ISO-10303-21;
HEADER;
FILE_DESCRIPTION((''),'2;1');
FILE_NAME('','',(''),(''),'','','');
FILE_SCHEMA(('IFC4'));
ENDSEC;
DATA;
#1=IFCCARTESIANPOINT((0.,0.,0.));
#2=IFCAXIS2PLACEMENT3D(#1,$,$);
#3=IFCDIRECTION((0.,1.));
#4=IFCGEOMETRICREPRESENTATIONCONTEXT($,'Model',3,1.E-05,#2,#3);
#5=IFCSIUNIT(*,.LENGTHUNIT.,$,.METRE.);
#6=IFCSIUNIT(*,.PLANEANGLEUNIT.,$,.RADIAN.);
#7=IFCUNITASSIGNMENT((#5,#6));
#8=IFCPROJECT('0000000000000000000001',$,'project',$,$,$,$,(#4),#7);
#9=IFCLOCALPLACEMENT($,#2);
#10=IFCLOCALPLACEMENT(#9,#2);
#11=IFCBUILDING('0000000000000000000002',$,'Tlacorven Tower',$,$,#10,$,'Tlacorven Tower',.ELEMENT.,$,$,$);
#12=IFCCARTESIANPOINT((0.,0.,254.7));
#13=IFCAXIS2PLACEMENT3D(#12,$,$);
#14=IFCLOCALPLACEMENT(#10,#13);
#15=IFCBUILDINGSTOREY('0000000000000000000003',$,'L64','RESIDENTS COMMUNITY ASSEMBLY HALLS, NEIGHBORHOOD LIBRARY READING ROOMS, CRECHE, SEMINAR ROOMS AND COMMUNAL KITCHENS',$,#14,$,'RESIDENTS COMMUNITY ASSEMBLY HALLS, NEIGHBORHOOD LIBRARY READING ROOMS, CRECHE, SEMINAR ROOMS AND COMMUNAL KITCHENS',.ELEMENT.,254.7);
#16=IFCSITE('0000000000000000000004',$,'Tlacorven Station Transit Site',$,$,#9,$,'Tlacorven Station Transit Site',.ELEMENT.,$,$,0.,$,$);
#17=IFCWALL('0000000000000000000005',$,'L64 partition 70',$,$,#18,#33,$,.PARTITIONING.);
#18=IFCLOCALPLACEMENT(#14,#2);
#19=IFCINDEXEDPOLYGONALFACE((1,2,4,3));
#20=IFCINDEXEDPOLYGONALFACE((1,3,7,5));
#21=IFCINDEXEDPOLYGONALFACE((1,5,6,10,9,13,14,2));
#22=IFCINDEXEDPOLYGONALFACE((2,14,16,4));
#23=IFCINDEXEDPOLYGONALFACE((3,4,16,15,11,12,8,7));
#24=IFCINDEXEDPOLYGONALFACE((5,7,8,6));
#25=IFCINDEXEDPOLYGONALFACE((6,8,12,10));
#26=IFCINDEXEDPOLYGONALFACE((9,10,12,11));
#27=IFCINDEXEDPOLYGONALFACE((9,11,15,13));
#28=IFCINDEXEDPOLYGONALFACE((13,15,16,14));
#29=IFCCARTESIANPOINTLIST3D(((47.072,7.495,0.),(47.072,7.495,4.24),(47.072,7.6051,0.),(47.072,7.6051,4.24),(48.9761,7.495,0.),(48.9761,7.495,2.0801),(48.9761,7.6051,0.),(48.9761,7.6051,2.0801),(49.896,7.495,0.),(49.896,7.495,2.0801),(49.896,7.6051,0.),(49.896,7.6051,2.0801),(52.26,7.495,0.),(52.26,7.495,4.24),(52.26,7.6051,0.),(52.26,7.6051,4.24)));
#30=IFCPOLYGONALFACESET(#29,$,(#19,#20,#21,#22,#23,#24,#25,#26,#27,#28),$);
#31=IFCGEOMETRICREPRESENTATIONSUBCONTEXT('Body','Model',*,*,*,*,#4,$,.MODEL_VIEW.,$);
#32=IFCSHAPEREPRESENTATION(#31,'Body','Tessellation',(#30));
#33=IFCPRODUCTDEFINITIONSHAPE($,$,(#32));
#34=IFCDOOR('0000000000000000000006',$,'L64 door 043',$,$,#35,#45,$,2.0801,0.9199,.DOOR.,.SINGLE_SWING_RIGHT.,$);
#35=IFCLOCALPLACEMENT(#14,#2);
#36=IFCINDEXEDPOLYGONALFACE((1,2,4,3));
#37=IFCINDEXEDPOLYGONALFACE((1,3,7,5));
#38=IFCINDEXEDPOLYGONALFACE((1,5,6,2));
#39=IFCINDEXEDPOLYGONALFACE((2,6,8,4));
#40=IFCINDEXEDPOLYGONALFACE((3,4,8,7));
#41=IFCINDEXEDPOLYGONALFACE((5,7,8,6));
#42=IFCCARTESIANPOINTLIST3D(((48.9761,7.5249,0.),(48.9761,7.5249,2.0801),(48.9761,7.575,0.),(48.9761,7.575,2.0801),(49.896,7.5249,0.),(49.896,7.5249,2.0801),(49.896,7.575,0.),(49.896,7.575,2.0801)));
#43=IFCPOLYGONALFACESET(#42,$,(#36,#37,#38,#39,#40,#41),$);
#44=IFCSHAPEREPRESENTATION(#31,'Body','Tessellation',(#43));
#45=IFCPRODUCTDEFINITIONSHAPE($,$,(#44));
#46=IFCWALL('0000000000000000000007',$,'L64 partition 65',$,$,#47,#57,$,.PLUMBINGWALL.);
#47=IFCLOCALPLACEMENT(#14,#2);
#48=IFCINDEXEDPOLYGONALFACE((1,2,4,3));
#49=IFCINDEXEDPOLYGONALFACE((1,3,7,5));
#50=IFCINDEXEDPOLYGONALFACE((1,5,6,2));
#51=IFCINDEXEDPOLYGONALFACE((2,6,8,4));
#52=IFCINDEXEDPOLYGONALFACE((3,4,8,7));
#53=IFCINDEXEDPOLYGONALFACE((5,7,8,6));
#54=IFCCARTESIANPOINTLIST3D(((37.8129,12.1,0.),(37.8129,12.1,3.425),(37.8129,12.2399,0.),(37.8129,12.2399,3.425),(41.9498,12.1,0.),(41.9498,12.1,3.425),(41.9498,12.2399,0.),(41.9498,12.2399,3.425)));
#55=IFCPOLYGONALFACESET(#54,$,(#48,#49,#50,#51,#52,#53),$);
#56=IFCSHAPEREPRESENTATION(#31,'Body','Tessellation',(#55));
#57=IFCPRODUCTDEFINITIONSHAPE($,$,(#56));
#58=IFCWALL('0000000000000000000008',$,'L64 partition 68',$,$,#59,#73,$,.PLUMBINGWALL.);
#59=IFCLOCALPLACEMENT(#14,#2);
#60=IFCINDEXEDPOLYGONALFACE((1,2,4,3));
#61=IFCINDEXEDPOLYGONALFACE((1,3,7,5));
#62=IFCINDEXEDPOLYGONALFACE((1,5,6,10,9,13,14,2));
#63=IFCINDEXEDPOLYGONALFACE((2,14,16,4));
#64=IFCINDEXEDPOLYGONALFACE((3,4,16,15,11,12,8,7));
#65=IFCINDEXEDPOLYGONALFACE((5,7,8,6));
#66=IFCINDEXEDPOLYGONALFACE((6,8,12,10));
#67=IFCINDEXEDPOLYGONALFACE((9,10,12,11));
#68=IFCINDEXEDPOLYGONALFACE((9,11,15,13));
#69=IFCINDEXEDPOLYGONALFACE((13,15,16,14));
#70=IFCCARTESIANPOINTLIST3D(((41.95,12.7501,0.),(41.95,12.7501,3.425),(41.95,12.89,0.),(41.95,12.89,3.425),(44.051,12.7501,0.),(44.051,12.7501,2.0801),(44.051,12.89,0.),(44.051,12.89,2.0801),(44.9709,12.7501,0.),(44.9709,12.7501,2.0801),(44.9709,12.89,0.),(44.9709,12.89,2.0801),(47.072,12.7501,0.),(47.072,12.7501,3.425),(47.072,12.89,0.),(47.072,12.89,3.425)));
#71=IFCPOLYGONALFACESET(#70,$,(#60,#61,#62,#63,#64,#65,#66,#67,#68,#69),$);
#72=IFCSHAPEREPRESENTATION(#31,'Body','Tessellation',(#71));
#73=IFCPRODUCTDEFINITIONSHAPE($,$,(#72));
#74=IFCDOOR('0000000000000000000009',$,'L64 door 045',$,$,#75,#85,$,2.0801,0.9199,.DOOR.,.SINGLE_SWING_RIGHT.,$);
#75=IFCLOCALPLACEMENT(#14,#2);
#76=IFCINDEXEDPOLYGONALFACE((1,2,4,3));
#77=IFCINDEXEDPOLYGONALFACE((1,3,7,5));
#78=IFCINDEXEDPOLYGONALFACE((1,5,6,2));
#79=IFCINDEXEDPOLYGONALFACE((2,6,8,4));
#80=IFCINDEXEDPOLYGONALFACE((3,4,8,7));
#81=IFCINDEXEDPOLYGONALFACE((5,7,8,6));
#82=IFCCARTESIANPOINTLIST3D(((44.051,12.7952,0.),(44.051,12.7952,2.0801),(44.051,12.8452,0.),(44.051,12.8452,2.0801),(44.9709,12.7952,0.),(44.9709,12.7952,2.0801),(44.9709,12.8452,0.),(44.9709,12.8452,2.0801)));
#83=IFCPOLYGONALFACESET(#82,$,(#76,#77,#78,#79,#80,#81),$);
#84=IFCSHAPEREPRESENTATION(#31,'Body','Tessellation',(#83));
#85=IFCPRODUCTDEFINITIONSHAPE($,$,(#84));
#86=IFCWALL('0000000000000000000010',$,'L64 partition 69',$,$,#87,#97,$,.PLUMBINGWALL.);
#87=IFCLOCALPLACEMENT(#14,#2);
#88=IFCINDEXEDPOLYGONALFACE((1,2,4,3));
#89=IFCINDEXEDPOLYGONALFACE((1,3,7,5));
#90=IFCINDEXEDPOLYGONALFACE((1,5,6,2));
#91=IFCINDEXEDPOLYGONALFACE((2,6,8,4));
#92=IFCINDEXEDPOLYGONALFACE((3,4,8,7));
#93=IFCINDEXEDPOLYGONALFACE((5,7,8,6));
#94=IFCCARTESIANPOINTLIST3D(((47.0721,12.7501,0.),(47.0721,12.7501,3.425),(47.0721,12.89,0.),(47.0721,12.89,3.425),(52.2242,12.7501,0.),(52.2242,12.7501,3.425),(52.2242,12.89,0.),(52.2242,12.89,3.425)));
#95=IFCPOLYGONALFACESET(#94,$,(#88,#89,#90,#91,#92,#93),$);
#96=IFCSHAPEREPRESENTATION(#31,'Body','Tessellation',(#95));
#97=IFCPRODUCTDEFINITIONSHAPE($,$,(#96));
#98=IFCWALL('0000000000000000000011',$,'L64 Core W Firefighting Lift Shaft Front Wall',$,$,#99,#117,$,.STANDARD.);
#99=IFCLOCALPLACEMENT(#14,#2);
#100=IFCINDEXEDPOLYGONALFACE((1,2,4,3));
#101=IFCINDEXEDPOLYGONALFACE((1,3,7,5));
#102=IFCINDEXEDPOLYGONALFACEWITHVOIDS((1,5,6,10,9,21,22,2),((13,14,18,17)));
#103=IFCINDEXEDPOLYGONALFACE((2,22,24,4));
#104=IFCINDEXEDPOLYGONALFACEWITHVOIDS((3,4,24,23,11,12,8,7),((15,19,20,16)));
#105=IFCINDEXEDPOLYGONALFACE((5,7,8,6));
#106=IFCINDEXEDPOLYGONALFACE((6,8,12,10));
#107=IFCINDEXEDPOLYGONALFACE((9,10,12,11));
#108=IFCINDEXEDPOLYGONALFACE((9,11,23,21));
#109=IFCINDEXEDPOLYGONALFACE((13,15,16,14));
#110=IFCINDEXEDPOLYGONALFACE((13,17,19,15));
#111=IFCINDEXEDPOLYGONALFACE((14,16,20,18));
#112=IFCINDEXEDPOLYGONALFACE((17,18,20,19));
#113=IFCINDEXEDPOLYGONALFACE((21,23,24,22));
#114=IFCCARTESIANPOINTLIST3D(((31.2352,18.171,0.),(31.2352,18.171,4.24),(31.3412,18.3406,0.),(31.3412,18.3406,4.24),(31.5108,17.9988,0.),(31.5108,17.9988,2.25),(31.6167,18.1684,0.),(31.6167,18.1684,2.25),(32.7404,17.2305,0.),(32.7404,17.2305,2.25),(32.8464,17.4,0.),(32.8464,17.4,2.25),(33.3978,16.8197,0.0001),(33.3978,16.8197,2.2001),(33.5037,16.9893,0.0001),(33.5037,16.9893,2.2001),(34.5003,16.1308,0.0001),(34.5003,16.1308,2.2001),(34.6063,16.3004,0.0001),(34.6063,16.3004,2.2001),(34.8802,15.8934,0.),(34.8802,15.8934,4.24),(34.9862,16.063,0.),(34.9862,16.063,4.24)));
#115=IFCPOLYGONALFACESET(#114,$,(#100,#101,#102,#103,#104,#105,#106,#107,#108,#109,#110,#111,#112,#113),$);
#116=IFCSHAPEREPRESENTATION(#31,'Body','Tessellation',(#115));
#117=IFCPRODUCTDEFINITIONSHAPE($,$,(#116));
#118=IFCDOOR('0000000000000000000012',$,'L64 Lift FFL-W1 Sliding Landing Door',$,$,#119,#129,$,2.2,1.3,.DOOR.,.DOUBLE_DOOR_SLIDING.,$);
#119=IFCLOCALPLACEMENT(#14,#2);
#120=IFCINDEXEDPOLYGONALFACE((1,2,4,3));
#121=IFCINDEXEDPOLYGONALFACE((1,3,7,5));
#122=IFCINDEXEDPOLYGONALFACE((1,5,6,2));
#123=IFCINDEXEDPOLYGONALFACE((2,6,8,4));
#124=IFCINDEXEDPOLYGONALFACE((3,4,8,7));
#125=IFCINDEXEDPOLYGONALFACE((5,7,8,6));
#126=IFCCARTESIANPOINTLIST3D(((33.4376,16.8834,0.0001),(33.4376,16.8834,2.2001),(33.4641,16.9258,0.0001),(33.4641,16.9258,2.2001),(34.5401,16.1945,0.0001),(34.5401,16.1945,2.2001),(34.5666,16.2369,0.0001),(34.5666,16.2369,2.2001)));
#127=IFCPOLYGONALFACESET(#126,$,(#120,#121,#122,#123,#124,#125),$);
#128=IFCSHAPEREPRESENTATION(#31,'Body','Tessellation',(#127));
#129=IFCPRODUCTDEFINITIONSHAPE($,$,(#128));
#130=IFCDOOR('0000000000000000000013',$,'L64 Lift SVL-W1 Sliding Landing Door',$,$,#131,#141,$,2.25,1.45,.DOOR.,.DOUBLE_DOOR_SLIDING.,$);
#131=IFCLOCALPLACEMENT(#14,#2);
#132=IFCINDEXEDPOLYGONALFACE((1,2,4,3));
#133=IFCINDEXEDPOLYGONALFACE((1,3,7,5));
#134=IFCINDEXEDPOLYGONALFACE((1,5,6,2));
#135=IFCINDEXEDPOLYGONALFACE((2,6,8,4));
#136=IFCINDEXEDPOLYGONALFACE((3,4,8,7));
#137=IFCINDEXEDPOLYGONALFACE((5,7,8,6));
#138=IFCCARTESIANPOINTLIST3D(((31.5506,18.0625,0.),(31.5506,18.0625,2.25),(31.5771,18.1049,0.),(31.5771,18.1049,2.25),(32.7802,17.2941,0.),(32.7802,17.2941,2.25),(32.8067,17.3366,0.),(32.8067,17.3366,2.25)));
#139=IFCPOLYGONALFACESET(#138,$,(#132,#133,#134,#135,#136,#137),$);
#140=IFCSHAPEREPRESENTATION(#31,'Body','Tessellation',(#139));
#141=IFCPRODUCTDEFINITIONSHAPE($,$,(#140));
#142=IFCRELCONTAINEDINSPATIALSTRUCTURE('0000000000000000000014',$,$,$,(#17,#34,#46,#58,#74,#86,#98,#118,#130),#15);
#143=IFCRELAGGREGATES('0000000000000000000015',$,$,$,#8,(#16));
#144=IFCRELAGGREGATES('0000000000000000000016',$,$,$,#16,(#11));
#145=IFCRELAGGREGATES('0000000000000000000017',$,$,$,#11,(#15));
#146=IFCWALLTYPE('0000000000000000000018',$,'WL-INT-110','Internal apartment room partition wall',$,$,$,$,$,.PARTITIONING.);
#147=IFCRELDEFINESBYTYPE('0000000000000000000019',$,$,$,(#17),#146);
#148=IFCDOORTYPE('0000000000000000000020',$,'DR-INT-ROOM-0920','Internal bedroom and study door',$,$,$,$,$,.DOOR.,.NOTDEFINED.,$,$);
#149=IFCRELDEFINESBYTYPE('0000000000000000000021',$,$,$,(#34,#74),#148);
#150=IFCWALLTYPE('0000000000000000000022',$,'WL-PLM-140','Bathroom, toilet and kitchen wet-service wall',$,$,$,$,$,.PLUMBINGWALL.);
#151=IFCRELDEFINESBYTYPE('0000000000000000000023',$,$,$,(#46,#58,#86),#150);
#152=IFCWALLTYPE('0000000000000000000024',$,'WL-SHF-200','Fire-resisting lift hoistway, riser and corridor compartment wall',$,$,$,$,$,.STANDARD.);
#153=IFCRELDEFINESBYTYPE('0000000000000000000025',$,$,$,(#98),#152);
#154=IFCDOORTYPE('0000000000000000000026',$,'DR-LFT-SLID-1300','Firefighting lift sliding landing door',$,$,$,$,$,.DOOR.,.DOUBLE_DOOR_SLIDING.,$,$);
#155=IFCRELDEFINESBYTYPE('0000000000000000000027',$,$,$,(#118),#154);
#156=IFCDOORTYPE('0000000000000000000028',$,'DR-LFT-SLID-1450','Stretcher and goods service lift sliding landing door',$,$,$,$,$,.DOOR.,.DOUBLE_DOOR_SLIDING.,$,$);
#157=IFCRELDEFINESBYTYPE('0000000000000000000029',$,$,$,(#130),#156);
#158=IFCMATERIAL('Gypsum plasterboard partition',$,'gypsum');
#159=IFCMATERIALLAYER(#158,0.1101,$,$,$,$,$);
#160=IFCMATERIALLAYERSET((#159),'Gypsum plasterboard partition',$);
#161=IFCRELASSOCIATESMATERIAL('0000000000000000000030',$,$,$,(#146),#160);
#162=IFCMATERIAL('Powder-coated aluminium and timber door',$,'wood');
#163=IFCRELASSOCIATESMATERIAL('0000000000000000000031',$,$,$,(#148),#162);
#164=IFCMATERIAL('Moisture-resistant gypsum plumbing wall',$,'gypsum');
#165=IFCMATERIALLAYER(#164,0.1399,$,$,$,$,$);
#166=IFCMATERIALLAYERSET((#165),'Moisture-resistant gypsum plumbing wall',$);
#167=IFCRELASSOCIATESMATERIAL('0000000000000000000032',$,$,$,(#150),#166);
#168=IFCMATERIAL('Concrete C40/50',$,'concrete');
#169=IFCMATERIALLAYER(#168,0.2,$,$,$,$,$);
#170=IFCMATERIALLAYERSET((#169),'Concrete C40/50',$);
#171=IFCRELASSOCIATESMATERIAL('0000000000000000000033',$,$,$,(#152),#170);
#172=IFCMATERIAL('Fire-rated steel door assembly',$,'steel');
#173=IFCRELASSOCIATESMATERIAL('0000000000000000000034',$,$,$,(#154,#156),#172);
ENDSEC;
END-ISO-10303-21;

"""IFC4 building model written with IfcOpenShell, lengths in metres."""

from ifc_helpers import new_model, si_unit, direction, frame, frame_2d, origin, place, context, subcontext, project, spatial, rectangle, extrude, source, transform, mapped, material, layer, layer_set, type_object, element, fill, save


model = new_model("IFC4")

# Units and contexts
model_context = context("Model", 3, precision=1e-05, world=origin(), true_north=direction((0.0, 1.0)))
body_context = subcontext(model_context, "Body", "Model", "MODEL_VIEW")
ifc_project = project(units=[si_unit("LENGTHUNIT", "METRE"), si_unit("PLANEANGLEUNIT", "RADIAN")], contexts=[model_context])

# Site, building, storey
site_placement = place(None, origin())
site = spatial("IfcSite", under=ifc_project, at=site_placement, Name="Tlacorven Station Transit Site", LongName="Tlacorven Station Transit Site", CompositionType="ELEMENT", RefElevation=0.0)
building_placement = place(site_placement, origin())
building = spatial("IfcBuilding", under=site, at=building_placement, Name="Tlacorven Tower", LongName="Tlacorven Tower", CompositionType="ELEMENT")
storey_placement = place(building_placement, frame((0.0, 0.0, 254.7)))
storey = spatial("IfcBuildingStorey", under=building, at=storey_placement, Name="L64", Description="RESIDENTS COMMUNITY ASSEMBLY HALLS, NEIGHBORHOOD LIBRARY READING ROOMS, CRECHE, SEMINAR ROOMS AND COMMUNAL KITCHENS", LongName="RESIDENTS COMMUNITY ASSEMBLY HALLS, NEIGHBORHOOD LIBRARY READING ROOMS, CRECHE, SEMINAR ROOMS AND COMMUNAL KITCHENS", CompositionType="ELEMENT", Elevation=254.7)

# Shared definitions
ifc_material_1 = material(Name="Fire-rated steel door assembly", Category="steel")

# Wall, opening, door
ifc_material_2 = material(Name="Gypsum plasterboard partition", Category="gypsum")
ifc_layer_1 = layer(ifc_material_2, 0.1101)
ifc_layer_set_1 = layer_set([ifc_layer_1], Name="Gypsum plasterboard partition")
wall_type_1 = type_object("IfcWallType", Name="WL-INT-110", Description="Internal apartment room partition wall", PredefinedType="PARTITIONING", material=ifc_layer_set_1)
ifc_material_3 = material(Name="Powder-coated aluminium and timber door", Category="wood")
door_type_1 = type_object("IfcDoorType", Name="DR-INT-ROOM-0920", Description="Internal bedroom and study door", OperationType="NOTDEFINED", PredefinedType="DOOR", material=ifc_material_3)
shared_shape_1 = source(origin(), body_context, "Body", "SweptSolid", [
    extrude(rectangle(XDim=0.9199, YDim=2.0801, at=frame_2d((0.46, 1.04))), frame((0.0, 0.0249, 0.0), z_axis=(0.0, -1.0, 0.0), x_axis=(1.0, 0.0, 0.0)), (0.0, 0.0, 1.0), 0.05),
])
wall_1_placement = place(storey_placement, frame((47.072, 7.55, 0.0), z_axis=(0.0, 0.0, 1.0), x_axis=(1.0, 0.0, 0.0)))
wall_1 = element("IfcWall", 1, at=wall_1_placement, inside=storey, type_object=wall_type_1, Name="L64 partition 70", PredefinedType="PARTITIONING", context=body_context, shape_type="SweptSolid", body=[
    extrude(rectangle(XDim=5.188, YDim=0.1101, at=frame_2d((2.594, 0.0))), origin(), (0.0, 0.0, 1.0), 4.24),
])
opening_1_placement = place(wall_1_placement, frame((1.9041, 0.0, 0.0)))
opening_1 = element("IfcOpeningElement", 2, at=opening_1_placement, cuts=wall_1, PredefinedType="OPENING", context=body_context, shape_type="SweptSolid", body=[
    extrude(rectangle(XDim=0.9199, YDim=2.0801, at=frame_2d((0.46, 1.04))), frame((0.0, 0.0649, 0.0), z_axis=(0.0, -1.0, 0.0), x_axis=(1.0, 0.0, 0.0)), (0.0, 0.0, 1.0), 0.1301),
])
door_1_placement = place(opening_1_placement, origin())
door_1 = element("IfcDoor", 3, at=door_1_placement, inside=storey, type_object=door_type_1, Name="L64 door 043", OperationType="SINGLE_SWING_RIGHT", OverallHeight=2.0801, OverallWidth=0.9199, PredefinedType="DOOR", context=body_context, shape_type="MappedRepresentation", body=[
    mapped(shared_shape_1, transform((0.0, 0.0, 0.0), scale=1.0)),
])
fill(opening_1, door_1)

# Wall
ifc_material_4 = material(Name="Moisture-resistant gypsum plumbing wall", Category="gypsum")
ifc_layer_2 = layer(ifc_material_4, 0.1399)
ifc_layer_set_2 = layer_set([ifc_layer_2], Name="Moisture-resistant gypsum plumbing wall")
wall_type_2 = type_object("IfcWallType", Name="WL-PLM-140", Description="Bathroom, toilet and kitchen wet-service wall", PredefinedType="PLUMBINGWALL", material=ifc_layer_set_2)
wall_2_placement = place(storey_placement, frame((37.813, 12.1699, 0.0), z_axis=(0.0, 0.0, 1.0), x_axis=(1.0, 0.0, 0.0)))
element("IfcWall", 4, at=wall_2_placement, inside=storey, type_object=wall_type_2, Name="L64 partition 65", PredefinedType="PLUMBINGWALL", context=body_context, shape_type="SweptSolid", body=[
    extrude(rectangle(XDim=4.137, YDim=0.1399, at=frame_2d((2.0684, 0.0))), origin(), (0.0, 0.0, 1.0), 3.425),
])

# Wall, opening, door
wall_3_placement = place(storey_placement, frame((41.95, 12.8201, 0.0), z_axis=(0.0, 0.0, 1.0), x_axis=(1.0, 0.0, 0.0)))
wall_3 = element("IfcWall", 5, at=wall_3_placement, inside=storey, type_object=wall_type_2, Name="L64 partition 68", PredefinedType="PLUMBINGWALL", context=body_context, shape_type="SweptSolid", body=[
    extrude(rectangle(XDim=5.1221, YDim=0.1399, at=frame_2d((2.561, 0.0))), origin(), (0.0, 0.0, 1.0), 3.425),
])
opening_2_placement = place(wall_3_placement, frame((2.1011, 0.0, 0.0)))
opening_2 = element("IfcOpeningElement", 6, at=opening_2_placement, cuts=wall_3, PredefinedType="OPENING", context=body_context, shape_type="SweptSolid", body=[
    extrude(rectangle(XDim=0.9199, YDim=2.0801, at=frame_2d((0.46, 1.04))), frame((0.0, 0.0801, 0.0), z_axis=(0.0, -1.0, 0.0), x_axis=(1.0, 0.0, 0.0)), (0.0, 0.0, 1.0), 0.1599),
])
door_2_placement = place(opening_2_placement, frame((0.9199, 0.0, 0.0), z_axis=(0.0, 0.0, 1.0), x_axis=(-1.0, 0.0, 0.0)))
door_2 = element("IfcDoor", 7, at=door_2_placement, inside=storey, type_object=door_type_1, Name="L64 door 045", OperationType="SINGLE_SWING_RIGHT", OverallHeight=2.0801, OverallWidth=0.9199, PredefinedType="DOOR", context=body_context, shape_type="MappedRepresentation", body=[
    mapped(shared_shape_1, transform((0.0, 0.0, 0.0), scale=1.0)),
])
fill(opening_2, door_2)

# Wall
wall_4_placement = place(storey_placement, frame((47.072, 12.8201, 0.0), z_axis=(0.0, 0.0, 1.0), x_axis=(1.0, 0.0, 0.0)))
element("IfcWall", 8, at=wall_4_placement, inside=storey, type_object=wall_type_2, Name="L64 partition 69", PredefinedType="PLUMBINGWALL", context=body_context, shape_type="SweptSolid", body=[
    extrude(rectangle(XDim=5.1521, YDim=0.1399, at=frame_2d((2.5762, 0.0))), origin(), (0.0, 0.0, 1.0), 3.425),
])

# Wall, openings, doors
ifc_material_5 = material(Name="Concrete C40/50", Category="concrete")
ifc_layer_3 = layer(ifc_material_5, 0.2)
ifc_layer_set_3 = layer_set([ifc_layer_3], Name="Concrete C40/50")
wall_type_3 = type_object("IfcWallType", Name="WL-SHF-200", Description="Fire-resisting lift hoistway, riser and corridor compartment wall", PredefinedType="STANDARD", material=ifc_layer_set_3)
wall_5_placement = place(storey_placement, frame((34.9331, 15.9783, 0.0), z_axis=(0.0, 0.0, 1.0), x_axis=(-0.848056, 0.529907, 0.0)))
wall_5 = element("IfcWall", 9, at=wall_5_placement, inside=storey, type_object=wall_type_3, Name="L64 Core W Firefighting Lift Shaft Front Wall", PredefinedType="STANDARD", context=body_context, shape_type="SweptSolid", body=[
    extrude(rectangle(XDim=4.2981, YDim=0.2, at=frame_2d((2.1489, 0.0))), origin(), (0.0, 0.0, 1.0), 4.24),
])
opening_3_placement = place(wall_5_placement, frame((0.448, 0.0, 0.0)))
opening_3 = element("IfcOpeningElement", 10, at=opening_3_placement, cuts=wall_5, PredefinedType="OPENING", context=body_context, shape_type="SweptSolid", body=[
    extrude(rectangle(XDim=1.3, YDim=2.2, at=frame_2d((0.6499, 1.1001))), frame((0.0, 0.1099, 0.0), z_axis=(0.0, -1.0, 0.0), x_axis=(1.0, 0.0, 0.0)), (0.0, 0.0, 1.0), 0.22),
])
opening_4_placement = place(wall_5_placement, frame((2.5229, 0.0, 0.0)))
opening_4 = element("IfcOpeningElement", 11, at=opening_4_placement, cuts=wall_5, PredefinedType="OPENING", context=body_context, shape_type="SweptSolid", body=[
    extrude(rectangle(XDim=1.45, YDim=2.25, at=frame_2d((0.7251, 1.125))), frame((0.0, 0.1099, 0.0), z_axis=(0.0, -1.0, 0.0), x_axis=(1.0, 0.0, 0.0)), (0.0, 0.0, 1.0), 0.22),
])
door_type_2 = type_object("IfcDoorType", Name="DR-LFT-SLID-1300", Description="Firefighting lift sliding landing door", OperationType="DOUBLE_DOOR_SLIDING", PredefinedType="DOOR", material=ifc_material_1)
shared_shape_2 = source(origin(), body_context, "Body", "SweptSolid", [
    extrude(rectangle(XDim=1.3, YDim=2.2, at=frame_2d((0.6499, 1.1001))), frame((0.0, 0.0249, 0.0), z_axis=(0.0, -1.0, 0.0), x_axis=(1.0, 0.0, 0.0)), (0.0, 0.0, 1.0), 0.05),
])
door_3_placement = place(opening_3_placement, origin())
door_3 = element("IfcDoor", 12, at=door_3_placement, inside=storey, type_object=door_type_2, Name="L64 Lift FFL-W1 Sliding Landing Door", OperationType="DOUBLE_DOOR_SLIDING", OverallHeight=2.2, OverallWidth=1.3, PredefinedType="DOOR", context=body_context, shape_type="MappedRepresentation", body=[
    mapped(shared_shape_2, transform((0.0, 0.0, 0.0), scale=1.0)),
])
fill(opening_3, door_3)
door_type_3 = type_object("IfcDoorType", Name="DR-LFT-SLID-1450", Description="Stretcher and goods service lift sliding landing door", OperationType="DOUBLE_DOOR_SLIDING", PredefinedType="DOOR", material=ifc_material_1)
shared_shape_3 = source(origin(), body_context, "Body", "SweptSolid", [
    extrude(rectangle(XDim=1.45, YDim=2.25, at=frame_2d((0.7251, 1.125))), frame((0.0, 0.0249, 0.0), z_axis=(0.0, -1.0, 0.0), x_axis=(1.0, 0.0, 0.0)), (0.0, 0.0, 1.0), 0.05),
])
door_4_placement = place(opening_4_placement, origin())
door_4 = element("IfcDoor", 13, at=door_4_placement, inside=storey, type_object=door_type_3, Name="L64 Lift SVL-W1 Sliding Landing Door", OperationType="DOUBLE_DOOR_SLIDING", OverallHeight=2.25, OverallWidth=1.45, PredefinedType="DOOR", context=body_context, shape_type="MappedRepresentation", body=[
    mapped(shared_shape_3, transform((0.0, 0.0, 0.0), scale=1.0)),
])
fill(opening_4, door_4)

save(model, "model.ifc")
